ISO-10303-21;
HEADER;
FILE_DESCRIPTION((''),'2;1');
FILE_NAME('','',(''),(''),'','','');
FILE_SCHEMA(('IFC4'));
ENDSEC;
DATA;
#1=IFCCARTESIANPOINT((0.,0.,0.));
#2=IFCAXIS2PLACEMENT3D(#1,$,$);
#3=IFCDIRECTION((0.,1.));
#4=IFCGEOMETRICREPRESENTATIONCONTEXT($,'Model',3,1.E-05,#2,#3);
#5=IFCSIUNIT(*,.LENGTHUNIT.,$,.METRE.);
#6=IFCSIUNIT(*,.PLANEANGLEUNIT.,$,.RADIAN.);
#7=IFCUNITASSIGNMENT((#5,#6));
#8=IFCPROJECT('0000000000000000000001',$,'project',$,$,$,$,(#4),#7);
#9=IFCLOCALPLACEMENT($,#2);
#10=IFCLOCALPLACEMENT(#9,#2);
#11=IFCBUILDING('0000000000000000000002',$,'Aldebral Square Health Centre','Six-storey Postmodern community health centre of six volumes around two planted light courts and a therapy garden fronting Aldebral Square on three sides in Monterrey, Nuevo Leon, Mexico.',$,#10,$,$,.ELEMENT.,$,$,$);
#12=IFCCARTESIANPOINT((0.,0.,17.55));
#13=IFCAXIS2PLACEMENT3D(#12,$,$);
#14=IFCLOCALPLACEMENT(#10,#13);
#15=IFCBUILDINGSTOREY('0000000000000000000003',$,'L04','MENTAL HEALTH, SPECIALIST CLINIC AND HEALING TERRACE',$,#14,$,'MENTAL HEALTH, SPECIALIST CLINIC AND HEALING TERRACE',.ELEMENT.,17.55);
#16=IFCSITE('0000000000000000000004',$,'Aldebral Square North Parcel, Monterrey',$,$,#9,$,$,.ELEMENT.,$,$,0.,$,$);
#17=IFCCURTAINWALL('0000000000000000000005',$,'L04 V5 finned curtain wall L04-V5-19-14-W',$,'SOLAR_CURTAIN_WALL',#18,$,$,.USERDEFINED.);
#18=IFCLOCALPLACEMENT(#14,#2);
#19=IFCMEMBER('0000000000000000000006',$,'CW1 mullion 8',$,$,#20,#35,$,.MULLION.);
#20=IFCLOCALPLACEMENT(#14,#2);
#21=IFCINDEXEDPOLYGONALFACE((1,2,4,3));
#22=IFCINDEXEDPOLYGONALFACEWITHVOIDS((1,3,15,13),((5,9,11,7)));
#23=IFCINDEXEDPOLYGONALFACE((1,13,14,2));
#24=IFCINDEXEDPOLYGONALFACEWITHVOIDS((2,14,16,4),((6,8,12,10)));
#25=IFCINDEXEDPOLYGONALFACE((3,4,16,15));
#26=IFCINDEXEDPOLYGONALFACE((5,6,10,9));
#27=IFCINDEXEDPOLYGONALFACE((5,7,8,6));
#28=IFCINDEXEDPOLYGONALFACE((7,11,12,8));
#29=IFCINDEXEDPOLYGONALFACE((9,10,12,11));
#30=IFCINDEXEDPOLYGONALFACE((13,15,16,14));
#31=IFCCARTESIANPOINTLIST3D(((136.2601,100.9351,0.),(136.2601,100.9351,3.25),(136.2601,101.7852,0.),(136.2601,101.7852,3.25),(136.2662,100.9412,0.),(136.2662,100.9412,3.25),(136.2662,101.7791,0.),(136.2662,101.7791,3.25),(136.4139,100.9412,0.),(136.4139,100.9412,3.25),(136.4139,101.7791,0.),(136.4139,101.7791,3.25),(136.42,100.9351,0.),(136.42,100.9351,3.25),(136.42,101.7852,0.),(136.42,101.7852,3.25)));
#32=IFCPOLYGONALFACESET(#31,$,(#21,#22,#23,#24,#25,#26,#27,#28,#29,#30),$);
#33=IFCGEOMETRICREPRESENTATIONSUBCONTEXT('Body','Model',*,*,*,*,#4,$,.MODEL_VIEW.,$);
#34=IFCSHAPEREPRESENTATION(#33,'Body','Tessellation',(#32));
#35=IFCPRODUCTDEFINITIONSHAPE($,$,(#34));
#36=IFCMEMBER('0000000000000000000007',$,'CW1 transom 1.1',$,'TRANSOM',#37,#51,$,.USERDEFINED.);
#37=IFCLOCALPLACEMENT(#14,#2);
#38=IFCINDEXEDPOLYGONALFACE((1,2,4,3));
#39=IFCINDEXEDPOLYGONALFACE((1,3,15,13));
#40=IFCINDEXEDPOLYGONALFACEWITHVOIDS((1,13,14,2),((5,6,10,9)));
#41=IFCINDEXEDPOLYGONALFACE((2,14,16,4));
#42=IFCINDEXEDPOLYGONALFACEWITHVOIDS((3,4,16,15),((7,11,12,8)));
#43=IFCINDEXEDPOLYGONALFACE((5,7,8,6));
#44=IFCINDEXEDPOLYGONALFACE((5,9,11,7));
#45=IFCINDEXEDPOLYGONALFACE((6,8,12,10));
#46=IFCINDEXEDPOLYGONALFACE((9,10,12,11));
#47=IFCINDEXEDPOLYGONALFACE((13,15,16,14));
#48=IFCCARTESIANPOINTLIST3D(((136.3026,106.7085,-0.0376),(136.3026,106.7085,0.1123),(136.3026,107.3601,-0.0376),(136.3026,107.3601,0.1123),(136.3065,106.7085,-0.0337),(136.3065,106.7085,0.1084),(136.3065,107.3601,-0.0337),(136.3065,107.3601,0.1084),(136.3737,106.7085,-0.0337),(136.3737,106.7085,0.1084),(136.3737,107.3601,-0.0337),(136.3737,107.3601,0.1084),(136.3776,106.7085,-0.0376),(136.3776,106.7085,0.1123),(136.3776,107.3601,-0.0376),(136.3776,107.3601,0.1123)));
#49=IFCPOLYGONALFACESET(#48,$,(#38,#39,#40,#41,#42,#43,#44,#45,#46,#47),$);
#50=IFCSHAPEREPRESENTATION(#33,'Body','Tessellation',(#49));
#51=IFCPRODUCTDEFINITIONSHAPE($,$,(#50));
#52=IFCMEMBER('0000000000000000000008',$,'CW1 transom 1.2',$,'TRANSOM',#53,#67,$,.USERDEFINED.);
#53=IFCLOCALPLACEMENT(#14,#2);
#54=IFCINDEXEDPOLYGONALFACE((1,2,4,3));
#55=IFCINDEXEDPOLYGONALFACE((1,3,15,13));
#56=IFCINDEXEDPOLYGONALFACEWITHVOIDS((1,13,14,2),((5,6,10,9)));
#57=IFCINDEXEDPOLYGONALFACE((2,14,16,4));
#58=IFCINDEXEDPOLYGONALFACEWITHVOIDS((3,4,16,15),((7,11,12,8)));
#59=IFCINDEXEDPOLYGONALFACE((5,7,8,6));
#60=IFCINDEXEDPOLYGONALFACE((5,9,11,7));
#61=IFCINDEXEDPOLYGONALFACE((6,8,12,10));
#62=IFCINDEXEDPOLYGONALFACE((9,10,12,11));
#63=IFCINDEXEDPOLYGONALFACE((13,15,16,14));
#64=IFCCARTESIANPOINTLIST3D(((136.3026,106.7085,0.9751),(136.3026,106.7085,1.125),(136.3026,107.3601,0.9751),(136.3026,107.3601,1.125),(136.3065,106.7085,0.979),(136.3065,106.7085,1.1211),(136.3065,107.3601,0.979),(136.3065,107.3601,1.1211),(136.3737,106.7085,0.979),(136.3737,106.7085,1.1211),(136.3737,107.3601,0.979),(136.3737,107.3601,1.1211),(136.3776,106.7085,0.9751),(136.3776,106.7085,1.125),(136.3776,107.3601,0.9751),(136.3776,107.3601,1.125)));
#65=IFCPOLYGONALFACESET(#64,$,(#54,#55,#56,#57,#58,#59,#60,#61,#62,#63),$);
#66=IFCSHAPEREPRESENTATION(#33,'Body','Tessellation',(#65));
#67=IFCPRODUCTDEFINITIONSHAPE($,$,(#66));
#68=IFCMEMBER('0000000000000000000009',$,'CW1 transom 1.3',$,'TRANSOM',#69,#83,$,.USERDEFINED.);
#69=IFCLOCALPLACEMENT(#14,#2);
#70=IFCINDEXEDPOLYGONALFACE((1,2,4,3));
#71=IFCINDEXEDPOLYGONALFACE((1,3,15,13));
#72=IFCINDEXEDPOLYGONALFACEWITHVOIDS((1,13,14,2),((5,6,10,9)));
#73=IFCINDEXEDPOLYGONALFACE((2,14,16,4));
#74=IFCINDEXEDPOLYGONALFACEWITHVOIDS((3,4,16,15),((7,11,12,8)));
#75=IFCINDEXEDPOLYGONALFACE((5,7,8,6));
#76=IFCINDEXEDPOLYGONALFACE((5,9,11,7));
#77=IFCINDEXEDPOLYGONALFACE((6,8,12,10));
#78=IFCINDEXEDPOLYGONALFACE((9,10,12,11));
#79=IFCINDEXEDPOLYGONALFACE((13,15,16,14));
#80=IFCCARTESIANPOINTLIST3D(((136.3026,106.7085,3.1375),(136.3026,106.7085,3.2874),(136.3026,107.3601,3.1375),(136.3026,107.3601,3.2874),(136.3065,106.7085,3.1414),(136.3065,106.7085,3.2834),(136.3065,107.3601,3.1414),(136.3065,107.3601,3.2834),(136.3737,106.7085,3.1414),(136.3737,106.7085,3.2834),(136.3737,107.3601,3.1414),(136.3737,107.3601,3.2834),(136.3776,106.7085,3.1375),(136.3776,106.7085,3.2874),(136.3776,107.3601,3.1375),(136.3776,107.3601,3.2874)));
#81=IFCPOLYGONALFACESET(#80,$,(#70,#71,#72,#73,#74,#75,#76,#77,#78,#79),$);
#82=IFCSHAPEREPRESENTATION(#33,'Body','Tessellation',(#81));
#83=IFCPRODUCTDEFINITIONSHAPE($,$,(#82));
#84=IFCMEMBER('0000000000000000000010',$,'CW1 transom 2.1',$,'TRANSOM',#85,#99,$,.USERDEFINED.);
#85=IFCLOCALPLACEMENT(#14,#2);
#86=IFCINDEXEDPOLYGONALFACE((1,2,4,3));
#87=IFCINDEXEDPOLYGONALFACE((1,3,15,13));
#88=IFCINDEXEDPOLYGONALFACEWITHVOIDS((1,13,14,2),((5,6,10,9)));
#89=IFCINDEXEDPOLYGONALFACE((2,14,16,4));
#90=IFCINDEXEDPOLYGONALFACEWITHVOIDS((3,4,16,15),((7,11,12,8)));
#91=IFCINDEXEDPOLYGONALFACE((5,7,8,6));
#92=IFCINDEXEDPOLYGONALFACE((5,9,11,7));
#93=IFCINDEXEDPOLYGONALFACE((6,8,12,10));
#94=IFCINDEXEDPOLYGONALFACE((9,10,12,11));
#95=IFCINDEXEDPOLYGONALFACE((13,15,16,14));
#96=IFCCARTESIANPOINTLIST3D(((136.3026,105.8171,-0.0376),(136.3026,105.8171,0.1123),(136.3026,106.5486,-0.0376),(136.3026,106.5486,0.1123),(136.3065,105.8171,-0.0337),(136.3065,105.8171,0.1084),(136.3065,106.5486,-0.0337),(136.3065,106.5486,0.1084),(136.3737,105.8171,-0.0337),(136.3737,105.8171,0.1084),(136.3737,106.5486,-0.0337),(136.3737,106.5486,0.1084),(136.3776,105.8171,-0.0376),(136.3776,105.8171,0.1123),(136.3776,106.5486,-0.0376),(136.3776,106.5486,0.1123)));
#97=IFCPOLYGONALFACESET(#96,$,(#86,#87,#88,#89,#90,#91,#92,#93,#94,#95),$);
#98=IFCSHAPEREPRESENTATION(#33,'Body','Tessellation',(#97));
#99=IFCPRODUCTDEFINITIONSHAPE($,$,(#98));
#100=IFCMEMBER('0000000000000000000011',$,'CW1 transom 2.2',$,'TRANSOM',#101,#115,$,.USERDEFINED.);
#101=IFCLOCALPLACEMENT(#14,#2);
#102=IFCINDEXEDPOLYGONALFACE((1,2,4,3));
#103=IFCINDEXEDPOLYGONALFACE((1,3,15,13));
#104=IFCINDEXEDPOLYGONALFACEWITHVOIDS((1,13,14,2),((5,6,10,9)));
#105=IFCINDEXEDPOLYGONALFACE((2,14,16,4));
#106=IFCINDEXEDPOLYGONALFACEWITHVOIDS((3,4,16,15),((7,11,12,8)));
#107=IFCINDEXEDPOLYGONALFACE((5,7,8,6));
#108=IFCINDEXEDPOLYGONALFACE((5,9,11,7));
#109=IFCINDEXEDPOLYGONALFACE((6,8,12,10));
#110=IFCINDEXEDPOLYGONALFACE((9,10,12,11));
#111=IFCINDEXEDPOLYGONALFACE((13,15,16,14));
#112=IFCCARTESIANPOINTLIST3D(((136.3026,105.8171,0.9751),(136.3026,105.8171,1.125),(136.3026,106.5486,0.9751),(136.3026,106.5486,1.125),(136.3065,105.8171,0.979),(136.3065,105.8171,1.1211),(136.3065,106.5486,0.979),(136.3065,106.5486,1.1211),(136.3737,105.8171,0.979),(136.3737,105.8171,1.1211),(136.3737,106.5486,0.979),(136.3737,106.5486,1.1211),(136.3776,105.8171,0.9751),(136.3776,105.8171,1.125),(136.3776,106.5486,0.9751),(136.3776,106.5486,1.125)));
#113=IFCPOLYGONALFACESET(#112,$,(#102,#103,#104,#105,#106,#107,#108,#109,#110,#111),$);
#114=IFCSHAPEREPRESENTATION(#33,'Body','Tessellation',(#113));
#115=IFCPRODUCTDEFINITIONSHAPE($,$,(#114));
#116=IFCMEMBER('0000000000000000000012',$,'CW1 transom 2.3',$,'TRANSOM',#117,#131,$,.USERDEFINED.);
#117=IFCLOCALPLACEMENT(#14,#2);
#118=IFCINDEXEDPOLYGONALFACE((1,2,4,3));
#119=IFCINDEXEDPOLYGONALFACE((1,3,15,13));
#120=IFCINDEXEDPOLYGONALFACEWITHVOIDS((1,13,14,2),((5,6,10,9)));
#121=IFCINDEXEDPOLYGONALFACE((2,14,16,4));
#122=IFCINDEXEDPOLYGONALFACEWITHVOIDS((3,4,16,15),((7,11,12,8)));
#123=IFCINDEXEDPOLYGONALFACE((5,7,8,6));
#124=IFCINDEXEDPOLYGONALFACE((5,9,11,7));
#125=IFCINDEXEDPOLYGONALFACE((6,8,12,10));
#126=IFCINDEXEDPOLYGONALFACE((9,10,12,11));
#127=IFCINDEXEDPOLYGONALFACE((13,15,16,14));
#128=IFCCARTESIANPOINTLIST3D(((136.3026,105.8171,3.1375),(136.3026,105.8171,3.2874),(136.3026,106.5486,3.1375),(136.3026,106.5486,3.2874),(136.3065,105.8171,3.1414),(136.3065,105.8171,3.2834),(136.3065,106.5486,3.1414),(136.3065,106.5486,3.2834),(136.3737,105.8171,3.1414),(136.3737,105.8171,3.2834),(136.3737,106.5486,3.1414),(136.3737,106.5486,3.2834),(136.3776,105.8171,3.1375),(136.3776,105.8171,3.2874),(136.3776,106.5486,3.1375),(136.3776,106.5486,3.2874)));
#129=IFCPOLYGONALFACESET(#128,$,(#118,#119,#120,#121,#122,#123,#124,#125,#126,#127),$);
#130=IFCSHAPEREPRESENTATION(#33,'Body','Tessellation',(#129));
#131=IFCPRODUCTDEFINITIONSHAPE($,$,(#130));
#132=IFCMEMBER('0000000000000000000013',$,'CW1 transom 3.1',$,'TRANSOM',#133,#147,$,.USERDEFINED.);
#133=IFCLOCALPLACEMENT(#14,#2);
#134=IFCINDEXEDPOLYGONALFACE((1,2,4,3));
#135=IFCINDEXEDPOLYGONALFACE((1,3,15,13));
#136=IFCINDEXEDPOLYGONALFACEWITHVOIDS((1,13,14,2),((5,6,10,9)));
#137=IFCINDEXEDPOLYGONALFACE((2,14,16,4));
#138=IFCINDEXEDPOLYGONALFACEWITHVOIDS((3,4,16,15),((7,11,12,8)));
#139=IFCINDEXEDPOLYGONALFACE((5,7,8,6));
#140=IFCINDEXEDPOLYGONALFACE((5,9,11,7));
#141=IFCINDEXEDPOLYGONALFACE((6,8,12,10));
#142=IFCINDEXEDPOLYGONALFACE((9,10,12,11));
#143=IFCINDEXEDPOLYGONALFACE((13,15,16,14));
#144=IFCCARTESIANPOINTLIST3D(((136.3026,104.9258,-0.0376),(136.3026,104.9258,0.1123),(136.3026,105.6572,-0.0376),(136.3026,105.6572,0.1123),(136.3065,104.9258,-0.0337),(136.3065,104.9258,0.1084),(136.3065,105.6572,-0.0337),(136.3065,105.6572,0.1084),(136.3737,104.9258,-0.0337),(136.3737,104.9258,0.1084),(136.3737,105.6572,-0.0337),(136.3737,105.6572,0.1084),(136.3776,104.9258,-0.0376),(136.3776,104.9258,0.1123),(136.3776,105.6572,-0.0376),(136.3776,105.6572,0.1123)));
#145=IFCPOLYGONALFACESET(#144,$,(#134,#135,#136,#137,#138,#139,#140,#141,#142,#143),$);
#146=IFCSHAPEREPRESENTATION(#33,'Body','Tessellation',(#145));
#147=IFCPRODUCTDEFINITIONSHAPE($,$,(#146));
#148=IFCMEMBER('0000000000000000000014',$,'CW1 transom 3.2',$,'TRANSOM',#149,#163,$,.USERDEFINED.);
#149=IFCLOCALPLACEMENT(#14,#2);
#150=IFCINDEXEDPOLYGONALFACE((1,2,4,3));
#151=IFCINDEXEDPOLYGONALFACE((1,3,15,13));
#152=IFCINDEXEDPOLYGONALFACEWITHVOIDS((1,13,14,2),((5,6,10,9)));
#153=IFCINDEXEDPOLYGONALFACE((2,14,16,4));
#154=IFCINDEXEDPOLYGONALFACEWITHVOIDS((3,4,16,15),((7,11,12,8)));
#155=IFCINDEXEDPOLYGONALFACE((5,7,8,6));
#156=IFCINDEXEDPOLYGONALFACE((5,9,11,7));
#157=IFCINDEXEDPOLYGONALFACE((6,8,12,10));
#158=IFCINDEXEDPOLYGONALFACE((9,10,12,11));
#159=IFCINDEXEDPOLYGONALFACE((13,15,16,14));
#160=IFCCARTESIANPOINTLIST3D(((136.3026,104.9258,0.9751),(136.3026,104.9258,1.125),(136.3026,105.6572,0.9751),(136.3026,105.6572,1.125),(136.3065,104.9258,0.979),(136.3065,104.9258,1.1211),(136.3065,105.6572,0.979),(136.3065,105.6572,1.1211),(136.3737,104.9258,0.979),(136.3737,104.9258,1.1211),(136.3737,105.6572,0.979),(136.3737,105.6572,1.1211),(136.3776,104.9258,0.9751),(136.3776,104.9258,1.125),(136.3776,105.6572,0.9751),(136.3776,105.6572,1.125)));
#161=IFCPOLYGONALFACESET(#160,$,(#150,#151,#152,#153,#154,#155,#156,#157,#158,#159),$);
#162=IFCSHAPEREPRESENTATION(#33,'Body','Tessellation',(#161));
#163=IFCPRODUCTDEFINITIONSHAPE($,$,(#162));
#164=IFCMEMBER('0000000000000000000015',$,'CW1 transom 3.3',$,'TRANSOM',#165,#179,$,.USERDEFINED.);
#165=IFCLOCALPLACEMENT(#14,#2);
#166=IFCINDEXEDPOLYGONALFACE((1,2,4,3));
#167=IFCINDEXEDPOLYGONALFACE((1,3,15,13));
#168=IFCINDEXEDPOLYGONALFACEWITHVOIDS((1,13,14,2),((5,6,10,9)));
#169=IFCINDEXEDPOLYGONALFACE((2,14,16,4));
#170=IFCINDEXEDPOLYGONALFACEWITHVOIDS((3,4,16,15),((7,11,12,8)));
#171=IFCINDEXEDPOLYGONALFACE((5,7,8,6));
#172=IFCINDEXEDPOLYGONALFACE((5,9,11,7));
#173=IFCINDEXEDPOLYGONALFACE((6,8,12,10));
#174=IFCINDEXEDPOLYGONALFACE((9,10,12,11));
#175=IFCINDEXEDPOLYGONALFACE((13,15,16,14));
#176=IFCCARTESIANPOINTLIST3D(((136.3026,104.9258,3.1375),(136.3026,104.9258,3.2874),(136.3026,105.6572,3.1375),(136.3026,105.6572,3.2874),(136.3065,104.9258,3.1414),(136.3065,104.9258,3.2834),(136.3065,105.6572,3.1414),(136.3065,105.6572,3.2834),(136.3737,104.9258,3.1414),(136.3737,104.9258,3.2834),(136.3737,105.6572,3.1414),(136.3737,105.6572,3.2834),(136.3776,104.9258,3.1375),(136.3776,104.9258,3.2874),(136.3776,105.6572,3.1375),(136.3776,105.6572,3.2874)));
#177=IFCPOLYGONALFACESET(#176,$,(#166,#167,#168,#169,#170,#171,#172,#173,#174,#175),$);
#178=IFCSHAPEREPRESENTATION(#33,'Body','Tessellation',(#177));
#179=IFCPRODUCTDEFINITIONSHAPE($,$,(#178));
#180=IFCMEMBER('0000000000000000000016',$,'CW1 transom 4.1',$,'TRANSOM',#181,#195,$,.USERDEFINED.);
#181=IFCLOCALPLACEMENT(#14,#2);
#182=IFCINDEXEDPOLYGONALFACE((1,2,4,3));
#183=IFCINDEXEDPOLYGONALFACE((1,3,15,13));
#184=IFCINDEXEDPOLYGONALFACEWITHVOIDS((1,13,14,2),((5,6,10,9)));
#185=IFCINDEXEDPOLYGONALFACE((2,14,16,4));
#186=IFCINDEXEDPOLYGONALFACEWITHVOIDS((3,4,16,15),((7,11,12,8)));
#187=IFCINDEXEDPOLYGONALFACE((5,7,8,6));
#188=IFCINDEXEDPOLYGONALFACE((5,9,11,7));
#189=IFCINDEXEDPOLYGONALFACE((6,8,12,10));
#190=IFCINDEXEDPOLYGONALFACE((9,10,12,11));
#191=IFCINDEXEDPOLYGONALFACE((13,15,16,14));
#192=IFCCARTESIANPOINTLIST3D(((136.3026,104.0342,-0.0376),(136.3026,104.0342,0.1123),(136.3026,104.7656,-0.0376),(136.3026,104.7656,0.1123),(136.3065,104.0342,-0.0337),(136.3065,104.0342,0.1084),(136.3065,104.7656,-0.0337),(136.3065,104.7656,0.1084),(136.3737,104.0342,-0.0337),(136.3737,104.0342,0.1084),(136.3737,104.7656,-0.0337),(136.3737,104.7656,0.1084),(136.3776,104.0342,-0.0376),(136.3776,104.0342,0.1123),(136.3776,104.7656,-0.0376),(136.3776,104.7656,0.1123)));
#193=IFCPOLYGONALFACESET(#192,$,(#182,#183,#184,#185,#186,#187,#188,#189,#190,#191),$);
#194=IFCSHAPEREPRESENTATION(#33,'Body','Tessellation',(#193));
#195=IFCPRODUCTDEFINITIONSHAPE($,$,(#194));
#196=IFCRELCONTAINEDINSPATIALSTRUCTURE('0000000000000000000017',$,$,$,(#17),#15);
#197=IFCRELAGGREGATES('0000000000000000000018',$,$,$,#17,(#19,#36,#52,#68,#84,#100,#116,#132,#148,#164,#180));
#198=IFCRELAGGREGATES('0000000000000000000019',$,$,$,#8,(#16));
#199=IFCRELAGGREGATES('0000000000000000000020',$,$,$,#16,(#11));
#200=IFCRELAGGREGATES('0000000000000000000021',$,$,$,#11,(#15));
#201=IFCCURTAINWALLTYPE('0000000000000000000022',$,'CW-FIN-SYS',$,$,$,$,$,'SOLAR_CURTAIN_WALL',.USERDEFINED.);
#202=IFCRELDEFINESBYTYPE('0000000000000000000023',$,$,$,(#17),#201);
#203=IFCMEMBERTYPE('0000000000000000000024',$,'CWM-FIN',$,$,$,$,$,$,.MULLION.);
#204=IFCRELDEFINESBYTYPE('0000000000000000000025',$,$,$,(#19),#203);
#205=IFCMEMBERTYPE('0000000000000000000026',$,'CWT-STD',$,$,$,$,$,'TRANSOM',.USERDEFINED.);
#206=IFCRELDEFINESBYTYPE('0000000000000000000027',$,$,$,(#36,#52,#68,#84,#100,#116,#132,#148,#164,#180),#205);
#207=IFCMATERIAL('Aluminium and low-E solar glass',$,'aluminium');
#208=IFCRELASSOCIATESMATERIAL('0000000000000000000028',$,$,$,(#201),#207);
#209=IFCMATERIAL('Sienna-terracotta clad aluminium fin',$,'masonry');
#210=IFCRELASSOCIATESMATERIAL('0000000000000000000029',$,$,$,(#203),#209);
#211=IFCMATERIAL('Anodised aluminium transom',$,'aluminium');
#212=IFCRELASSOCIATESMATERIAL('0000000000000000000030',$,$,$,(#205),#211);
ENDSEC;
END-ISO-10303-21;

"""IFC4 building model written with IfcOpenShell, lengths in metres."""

from ifc_helpers import new_model, si_unit, direction, frame, origin, origin_2d, place, context, subcontext, project, spatial, hollow_rectangle, extrude, material, material_profile, profile_set, type_object, element, aggregate, save


model = new_model("IFC4")

# Units and contexts
model_context = context("Model", 3, precision=1e-05, world=origin(), true_north=direction((0.0, 1.0)))
body_context = subcontext(model_context, "Body", "Model", "MODEL_VIEW")
ifc_project = project(units=[si_unit("LENGTHUNIT", "METRE"), si_unit("PLANEANGLEUNIT", "RADIAN")], contexts=[model_context])

# Site, building, storey
site_placement = place(None, origin())
site = spatial("IfcSite", under=ifc_project, at=site_placement, Name="Aldebral Square North Parcel, Monterrey", CompositionType="ELEMENT", RefElevation=0.0)
building_placement = place(site_placement, origin())
building = spatial("IfcBuilding", under=site, at=building_placement, Name="Aldebral Square Health Centre", Description="Six-storey Postmodern community health centre of six volumes around two planted light courts and a therapy garden fronting Aldebral Square on three sides in Monterrey, Nuevo Leon, Mexico.", CompositionType="ELEMENT")
storey_placement = place(building_placement, frame((0.0, 0.0, 17.55)))
storey = spatial("IfcBuildingStorey", under=building, at=storey_placement, Name="L04", Description="MENTAL HEALTH, SPECIALIST CLINIC AND HEALING TERRACE", LongName="MENTAL HEALTH, SPECIALIST CLINIC AND HEALING TERRACE", CompositionType="ELEMENT", Elevation=17.55)

# Curtain wall, members
ifc_material_1 = material(Name="Aluminium and low-E solar glass", Category="aluminium")
curtain_wall_type = type_object("IfcCurtainWallType", Name="CW-FIN-SYS", ElementType="SOLAR_CURTAIN_WALL", PredefinedType="USERDEFINED", material=ifc_material_1)
curtain_wall_placement = place(storey_placement, origin())
curtain_wall = element("IfcCurtainWall", 1, at=curtain_wall_placement, inside=storey, type_object=curtain_wall_type, Name="L04 V5 finned curtain wall L04-V5-19-14-W", ObjectType="SOLAR_CURTAIN_WALL", PredefinedType="USERDEFINED")
ifc_material_2 = material(Name="Sienna-terracotta clad aluminium fin", Category="masonry")
ifc_material_profile_1 = material_profile(ifc_material_2, hollow_rectangle(XDim=0.1599, YDim=0.8501, WallThickness=0.0061, at=origin_2d()), Name="FIN 160x850x6")
ifc_profile_set_1 = profile_set([ifc_material_profile_1], Name="Sienna-terracotta clad aluminium fin")
member_type_1 = type_object("IfcMemberType", Name="CWM-FIN", PredefinedType="MULLION", material=ifc_profile_set_1)
member_1_placement = place(storey_placement, frame((136.3401, 101.3601, 0.0), z_axis=(0.0, 0.0, 1.0), x_axis=(1.0, 0.0, 0.0)))
member_1 = element("IfcMember", 2, at=member_1_placement, type_object=member_type_1, Name="CW1 mullion 8", PredefinedType="MULLION", context=body_context, shape_type="SweptSolid", body=[
    extrude(hollow_rectangle(XDim=0.1599, YDim=0.8501, WallThickness=0.0061, at=origin_2d()), origin(), (0.0, 0.0, 1.0), 3.25),
])
ifc_material_3 = material(Name="Anodised aluminium transom", Category="aluminium")
ifc_material_profile_2 = material_profile(ifc_material_3, hollow_rectangle(XDim=0.075, YDim=0.1499, WallThickness=0.0039, at=origin_2d()), Name="CWT 75x150x4")
ifc_profile_set_2 = profile_set([ifc_material_profile_2], Name="Anodised aluminium transom")
member_type_2 = type_object("IfcMemberType", Name="CWT-STD", ElementType="TRANSOM", PredefinedType="USERDEFINED", material=ifc_profile_set_2)
member_2_placement = place(storey_placement, frame((136.3401, 107.3601, 0.0374), z_axis=(0.0, -1.0, 0.0), x_axis=(1.0, 0.0, 0.0)))
member_2 = element("IfcMember", 3, at=member_2_placement, type_object=member_type_2, Name="CW1 transom 1.1", ObjectType="TRANSOM", PredefinedType="USERDEFINED", context=body_context, shape_type="SweptSolid", body=[
    extrude(hollow_rectangle(XDim=0.075, YDim=0.1499, WallThickness=0.0039, at=origin_2d()), origin(), (0.0, 0.0, 1.0), 0.6516),
])
member_3_placement = place(storey_placement, frame((136.3401, 107.3601, 1.05), z_axis=(0.0, -1.0, 0.0), x_axis=(1.0, 0.0, 0.0)))
member_3 = element("IfcMember", 4, at=member_3_placement, type_object=member_type_2, Name="CW1 transom 1.2", ObjectType="TRANSOM", PredefinedType="USERDEFINED", context=body_context, shape_type="SweptSolid", body=[
    extrude(hollow_rectangle(XDim=0.075, YDim=0.1499, WallThickness=0.0039, at=origin_2d()), origin(), (0.0, 0.0, 1.0), 0.6516),
])
member_4_placement = place(storey_placement, frame((136.3401, 107.3601, 3.2124), z_axis=(0.0, -1.0, 0.0), x_axis=(1.0, 0.0, 0.0)))
member_4 = element("IfcMember", 5, at=member_4_placement, type_object=member_type_2, Name="CW1 transom 1.3", ObjectType="TRANSOM", PredefinedType="USERDEFINED", context=body_context, shape_type="SweptSolid", body=[
    extrude(hollow_rectangle(XDim=0.075, YDim=0.1499, WallThickness=0.0039, at=origin_2d()), origin(), (0.0, 0.0, 1.0), 0.6516),
])
member_5_placement = place(storey_placement, frame((136.3401, 106.5486, 0.0374), z_axis=(0.0, -1.0, 0.0), x_axis=(1.0, 0.0, 0.0)))
member_5 = element("IfcMember", 6, at=member_5_placement, type_object=member_type_2, Name="CW1 transom 2.1", ObjectType="TRANSOM", PredefinedType="USERDEFINED", context=body_context, shape_type="SweptSolid", body=[
    extrude(hollow_rectangle(XDim=0.075, YDim=0.1499, WallThickness=0.0039, at=origin_2d()), origin(), (0.0, 0.0, 1.0), 0.7314),
])
member_6_placement = place(storey_placement, frame((136.3401, 106.5486, 1.05), z_axis=(0.0, -1.0, 0.0), x_axis=(1.0, 0.0, 0.0)))
member_6 = element("IfcMember", 7, at=member_6_placement, type_object=member_type_2, Name="CW1 transom 2.2", ObjectType="TRANSOM", PredefinedType="USERDEFINED", context=body_context, shape_type="SweptSolid", body=[
    extrude(hollow_rectangle(XDim=0.075, YDim=0.1499, WallThickness=0.0039, at=origin_2d()), origin(), (0.0, 0.0, 1.0), 0.7314),
])
member_7_placement = place(storey_placement, frame((136.3401, 106.5486, 3.2124), z_axis=(0.0, -1.0, 0.0), x_axis=(1.0, 0.0, 0.0)))
member_7 = element("IfcMember", 8, at=member_7_placement, type_object=member_type_2, Name="CW1 transom 2.3", ObjectType="TRANSOM", PredefinedType="USERDEFINED", context=body_context, shape_type="SweptSolid", body=[
    extrude(hollow_rectangle(XDim=0.075, YDim=0.1499, WallThickness=0.0039, at=origin_2d()), origin(), (0.0, 0.0, 1.0), 0.7314),
])
member_8_placement = place(storey_placement, frame((136.3401, 105.6572, 0.0374), z_axis=(0.0, -1.0, 0.0), x_axis=(1.0, 0.0, 0.0)))
member_8 = element("IfcMember", 9, at=member_8_placement, type_object=member_type_2, Name="CW1 transom 3.1", ObjectType="TRANSOM", PredefinedType="USERDEFINED", context=body_context, shape_type="SweptSolid", body=[
    extrude(hollow_rectangle(XDim=0.075, YDim=0.1499, WallThickness=0.0039, at=origin_2d()), origin(), (0.0, 0.0, 1.0), 0.7314),
])
member_9_placement = place(storey_placement, frame((136.3401, 105.6572, 1.05), z_axis=(0.0, -1.0, 0.0), x_axis=(1.0, 0.0, 0.0)))
member_9 = element("IfcMember", 10, at=member_9_placement, type_object=member_type_2, Name="CW1 transom 3.2", ObjectType="TRANSOM", PredefinedType="USERDEFINED", context=body_context, shape_type="SweptSolid", body=[
    extrude(hollow_rectangle(XDim=0.075, YDim=0.1499, WallThickness=0.0039, at=origin_2d()), origin(), (0.0, 0.0, 1.0), 0.7314),
])
member_10_placement = place(storey_placement, frame((136.3401, 105.6572, 3.2124), z_axis=(0.0, -1.0, 0.0), x_axis=(1.0, 0.0, 0.0)))
member_10 = element("IfcMember", 11, at=member_10_placement, type_object=member_type_2, Name="CW1 transom 3.3", ObjectType="TRANSOM", PredefinedType="USERDEFINED", context=body_context, shape_type="SweptSolid", body=[
    extrude(hollow_rectangle(XDim=0.075, YDim=0.1499, WallThickness=0.0039, at=origin_2d()), origin(), (0.0, 0.0, 1.0), 0.7314),
])
member_11_placement = place(storey_placement, frame((136.3401, 104.7656, 0.0374), z_axis=(0.0, -1.0, 0.0), x_axis=(1.0, 0.0, 0.0)))
member_11 = element("IfcMember", 12, at=member_11_placement, type_object=member_type_2, Name="CW1 transom 4.1", ObjectType="TRANSOM", PredefinedType="USERDEFINED", context=body_context, shape_type="SweptSolid", body=[
    extrude(hollow_rectangle(XDim=0.075, YDim=0.1499, WallThickness=0.0039, at=origin_2d()), origin(), (0.0, 0.0, 1.0), 0.7314),
])
aggregate(curtain_wall, [member_1, member_2, member_3, member_4, member_5, member_6, member_7, member_8, member_9, member_10, member_11])

save(model, "model.ifc")
